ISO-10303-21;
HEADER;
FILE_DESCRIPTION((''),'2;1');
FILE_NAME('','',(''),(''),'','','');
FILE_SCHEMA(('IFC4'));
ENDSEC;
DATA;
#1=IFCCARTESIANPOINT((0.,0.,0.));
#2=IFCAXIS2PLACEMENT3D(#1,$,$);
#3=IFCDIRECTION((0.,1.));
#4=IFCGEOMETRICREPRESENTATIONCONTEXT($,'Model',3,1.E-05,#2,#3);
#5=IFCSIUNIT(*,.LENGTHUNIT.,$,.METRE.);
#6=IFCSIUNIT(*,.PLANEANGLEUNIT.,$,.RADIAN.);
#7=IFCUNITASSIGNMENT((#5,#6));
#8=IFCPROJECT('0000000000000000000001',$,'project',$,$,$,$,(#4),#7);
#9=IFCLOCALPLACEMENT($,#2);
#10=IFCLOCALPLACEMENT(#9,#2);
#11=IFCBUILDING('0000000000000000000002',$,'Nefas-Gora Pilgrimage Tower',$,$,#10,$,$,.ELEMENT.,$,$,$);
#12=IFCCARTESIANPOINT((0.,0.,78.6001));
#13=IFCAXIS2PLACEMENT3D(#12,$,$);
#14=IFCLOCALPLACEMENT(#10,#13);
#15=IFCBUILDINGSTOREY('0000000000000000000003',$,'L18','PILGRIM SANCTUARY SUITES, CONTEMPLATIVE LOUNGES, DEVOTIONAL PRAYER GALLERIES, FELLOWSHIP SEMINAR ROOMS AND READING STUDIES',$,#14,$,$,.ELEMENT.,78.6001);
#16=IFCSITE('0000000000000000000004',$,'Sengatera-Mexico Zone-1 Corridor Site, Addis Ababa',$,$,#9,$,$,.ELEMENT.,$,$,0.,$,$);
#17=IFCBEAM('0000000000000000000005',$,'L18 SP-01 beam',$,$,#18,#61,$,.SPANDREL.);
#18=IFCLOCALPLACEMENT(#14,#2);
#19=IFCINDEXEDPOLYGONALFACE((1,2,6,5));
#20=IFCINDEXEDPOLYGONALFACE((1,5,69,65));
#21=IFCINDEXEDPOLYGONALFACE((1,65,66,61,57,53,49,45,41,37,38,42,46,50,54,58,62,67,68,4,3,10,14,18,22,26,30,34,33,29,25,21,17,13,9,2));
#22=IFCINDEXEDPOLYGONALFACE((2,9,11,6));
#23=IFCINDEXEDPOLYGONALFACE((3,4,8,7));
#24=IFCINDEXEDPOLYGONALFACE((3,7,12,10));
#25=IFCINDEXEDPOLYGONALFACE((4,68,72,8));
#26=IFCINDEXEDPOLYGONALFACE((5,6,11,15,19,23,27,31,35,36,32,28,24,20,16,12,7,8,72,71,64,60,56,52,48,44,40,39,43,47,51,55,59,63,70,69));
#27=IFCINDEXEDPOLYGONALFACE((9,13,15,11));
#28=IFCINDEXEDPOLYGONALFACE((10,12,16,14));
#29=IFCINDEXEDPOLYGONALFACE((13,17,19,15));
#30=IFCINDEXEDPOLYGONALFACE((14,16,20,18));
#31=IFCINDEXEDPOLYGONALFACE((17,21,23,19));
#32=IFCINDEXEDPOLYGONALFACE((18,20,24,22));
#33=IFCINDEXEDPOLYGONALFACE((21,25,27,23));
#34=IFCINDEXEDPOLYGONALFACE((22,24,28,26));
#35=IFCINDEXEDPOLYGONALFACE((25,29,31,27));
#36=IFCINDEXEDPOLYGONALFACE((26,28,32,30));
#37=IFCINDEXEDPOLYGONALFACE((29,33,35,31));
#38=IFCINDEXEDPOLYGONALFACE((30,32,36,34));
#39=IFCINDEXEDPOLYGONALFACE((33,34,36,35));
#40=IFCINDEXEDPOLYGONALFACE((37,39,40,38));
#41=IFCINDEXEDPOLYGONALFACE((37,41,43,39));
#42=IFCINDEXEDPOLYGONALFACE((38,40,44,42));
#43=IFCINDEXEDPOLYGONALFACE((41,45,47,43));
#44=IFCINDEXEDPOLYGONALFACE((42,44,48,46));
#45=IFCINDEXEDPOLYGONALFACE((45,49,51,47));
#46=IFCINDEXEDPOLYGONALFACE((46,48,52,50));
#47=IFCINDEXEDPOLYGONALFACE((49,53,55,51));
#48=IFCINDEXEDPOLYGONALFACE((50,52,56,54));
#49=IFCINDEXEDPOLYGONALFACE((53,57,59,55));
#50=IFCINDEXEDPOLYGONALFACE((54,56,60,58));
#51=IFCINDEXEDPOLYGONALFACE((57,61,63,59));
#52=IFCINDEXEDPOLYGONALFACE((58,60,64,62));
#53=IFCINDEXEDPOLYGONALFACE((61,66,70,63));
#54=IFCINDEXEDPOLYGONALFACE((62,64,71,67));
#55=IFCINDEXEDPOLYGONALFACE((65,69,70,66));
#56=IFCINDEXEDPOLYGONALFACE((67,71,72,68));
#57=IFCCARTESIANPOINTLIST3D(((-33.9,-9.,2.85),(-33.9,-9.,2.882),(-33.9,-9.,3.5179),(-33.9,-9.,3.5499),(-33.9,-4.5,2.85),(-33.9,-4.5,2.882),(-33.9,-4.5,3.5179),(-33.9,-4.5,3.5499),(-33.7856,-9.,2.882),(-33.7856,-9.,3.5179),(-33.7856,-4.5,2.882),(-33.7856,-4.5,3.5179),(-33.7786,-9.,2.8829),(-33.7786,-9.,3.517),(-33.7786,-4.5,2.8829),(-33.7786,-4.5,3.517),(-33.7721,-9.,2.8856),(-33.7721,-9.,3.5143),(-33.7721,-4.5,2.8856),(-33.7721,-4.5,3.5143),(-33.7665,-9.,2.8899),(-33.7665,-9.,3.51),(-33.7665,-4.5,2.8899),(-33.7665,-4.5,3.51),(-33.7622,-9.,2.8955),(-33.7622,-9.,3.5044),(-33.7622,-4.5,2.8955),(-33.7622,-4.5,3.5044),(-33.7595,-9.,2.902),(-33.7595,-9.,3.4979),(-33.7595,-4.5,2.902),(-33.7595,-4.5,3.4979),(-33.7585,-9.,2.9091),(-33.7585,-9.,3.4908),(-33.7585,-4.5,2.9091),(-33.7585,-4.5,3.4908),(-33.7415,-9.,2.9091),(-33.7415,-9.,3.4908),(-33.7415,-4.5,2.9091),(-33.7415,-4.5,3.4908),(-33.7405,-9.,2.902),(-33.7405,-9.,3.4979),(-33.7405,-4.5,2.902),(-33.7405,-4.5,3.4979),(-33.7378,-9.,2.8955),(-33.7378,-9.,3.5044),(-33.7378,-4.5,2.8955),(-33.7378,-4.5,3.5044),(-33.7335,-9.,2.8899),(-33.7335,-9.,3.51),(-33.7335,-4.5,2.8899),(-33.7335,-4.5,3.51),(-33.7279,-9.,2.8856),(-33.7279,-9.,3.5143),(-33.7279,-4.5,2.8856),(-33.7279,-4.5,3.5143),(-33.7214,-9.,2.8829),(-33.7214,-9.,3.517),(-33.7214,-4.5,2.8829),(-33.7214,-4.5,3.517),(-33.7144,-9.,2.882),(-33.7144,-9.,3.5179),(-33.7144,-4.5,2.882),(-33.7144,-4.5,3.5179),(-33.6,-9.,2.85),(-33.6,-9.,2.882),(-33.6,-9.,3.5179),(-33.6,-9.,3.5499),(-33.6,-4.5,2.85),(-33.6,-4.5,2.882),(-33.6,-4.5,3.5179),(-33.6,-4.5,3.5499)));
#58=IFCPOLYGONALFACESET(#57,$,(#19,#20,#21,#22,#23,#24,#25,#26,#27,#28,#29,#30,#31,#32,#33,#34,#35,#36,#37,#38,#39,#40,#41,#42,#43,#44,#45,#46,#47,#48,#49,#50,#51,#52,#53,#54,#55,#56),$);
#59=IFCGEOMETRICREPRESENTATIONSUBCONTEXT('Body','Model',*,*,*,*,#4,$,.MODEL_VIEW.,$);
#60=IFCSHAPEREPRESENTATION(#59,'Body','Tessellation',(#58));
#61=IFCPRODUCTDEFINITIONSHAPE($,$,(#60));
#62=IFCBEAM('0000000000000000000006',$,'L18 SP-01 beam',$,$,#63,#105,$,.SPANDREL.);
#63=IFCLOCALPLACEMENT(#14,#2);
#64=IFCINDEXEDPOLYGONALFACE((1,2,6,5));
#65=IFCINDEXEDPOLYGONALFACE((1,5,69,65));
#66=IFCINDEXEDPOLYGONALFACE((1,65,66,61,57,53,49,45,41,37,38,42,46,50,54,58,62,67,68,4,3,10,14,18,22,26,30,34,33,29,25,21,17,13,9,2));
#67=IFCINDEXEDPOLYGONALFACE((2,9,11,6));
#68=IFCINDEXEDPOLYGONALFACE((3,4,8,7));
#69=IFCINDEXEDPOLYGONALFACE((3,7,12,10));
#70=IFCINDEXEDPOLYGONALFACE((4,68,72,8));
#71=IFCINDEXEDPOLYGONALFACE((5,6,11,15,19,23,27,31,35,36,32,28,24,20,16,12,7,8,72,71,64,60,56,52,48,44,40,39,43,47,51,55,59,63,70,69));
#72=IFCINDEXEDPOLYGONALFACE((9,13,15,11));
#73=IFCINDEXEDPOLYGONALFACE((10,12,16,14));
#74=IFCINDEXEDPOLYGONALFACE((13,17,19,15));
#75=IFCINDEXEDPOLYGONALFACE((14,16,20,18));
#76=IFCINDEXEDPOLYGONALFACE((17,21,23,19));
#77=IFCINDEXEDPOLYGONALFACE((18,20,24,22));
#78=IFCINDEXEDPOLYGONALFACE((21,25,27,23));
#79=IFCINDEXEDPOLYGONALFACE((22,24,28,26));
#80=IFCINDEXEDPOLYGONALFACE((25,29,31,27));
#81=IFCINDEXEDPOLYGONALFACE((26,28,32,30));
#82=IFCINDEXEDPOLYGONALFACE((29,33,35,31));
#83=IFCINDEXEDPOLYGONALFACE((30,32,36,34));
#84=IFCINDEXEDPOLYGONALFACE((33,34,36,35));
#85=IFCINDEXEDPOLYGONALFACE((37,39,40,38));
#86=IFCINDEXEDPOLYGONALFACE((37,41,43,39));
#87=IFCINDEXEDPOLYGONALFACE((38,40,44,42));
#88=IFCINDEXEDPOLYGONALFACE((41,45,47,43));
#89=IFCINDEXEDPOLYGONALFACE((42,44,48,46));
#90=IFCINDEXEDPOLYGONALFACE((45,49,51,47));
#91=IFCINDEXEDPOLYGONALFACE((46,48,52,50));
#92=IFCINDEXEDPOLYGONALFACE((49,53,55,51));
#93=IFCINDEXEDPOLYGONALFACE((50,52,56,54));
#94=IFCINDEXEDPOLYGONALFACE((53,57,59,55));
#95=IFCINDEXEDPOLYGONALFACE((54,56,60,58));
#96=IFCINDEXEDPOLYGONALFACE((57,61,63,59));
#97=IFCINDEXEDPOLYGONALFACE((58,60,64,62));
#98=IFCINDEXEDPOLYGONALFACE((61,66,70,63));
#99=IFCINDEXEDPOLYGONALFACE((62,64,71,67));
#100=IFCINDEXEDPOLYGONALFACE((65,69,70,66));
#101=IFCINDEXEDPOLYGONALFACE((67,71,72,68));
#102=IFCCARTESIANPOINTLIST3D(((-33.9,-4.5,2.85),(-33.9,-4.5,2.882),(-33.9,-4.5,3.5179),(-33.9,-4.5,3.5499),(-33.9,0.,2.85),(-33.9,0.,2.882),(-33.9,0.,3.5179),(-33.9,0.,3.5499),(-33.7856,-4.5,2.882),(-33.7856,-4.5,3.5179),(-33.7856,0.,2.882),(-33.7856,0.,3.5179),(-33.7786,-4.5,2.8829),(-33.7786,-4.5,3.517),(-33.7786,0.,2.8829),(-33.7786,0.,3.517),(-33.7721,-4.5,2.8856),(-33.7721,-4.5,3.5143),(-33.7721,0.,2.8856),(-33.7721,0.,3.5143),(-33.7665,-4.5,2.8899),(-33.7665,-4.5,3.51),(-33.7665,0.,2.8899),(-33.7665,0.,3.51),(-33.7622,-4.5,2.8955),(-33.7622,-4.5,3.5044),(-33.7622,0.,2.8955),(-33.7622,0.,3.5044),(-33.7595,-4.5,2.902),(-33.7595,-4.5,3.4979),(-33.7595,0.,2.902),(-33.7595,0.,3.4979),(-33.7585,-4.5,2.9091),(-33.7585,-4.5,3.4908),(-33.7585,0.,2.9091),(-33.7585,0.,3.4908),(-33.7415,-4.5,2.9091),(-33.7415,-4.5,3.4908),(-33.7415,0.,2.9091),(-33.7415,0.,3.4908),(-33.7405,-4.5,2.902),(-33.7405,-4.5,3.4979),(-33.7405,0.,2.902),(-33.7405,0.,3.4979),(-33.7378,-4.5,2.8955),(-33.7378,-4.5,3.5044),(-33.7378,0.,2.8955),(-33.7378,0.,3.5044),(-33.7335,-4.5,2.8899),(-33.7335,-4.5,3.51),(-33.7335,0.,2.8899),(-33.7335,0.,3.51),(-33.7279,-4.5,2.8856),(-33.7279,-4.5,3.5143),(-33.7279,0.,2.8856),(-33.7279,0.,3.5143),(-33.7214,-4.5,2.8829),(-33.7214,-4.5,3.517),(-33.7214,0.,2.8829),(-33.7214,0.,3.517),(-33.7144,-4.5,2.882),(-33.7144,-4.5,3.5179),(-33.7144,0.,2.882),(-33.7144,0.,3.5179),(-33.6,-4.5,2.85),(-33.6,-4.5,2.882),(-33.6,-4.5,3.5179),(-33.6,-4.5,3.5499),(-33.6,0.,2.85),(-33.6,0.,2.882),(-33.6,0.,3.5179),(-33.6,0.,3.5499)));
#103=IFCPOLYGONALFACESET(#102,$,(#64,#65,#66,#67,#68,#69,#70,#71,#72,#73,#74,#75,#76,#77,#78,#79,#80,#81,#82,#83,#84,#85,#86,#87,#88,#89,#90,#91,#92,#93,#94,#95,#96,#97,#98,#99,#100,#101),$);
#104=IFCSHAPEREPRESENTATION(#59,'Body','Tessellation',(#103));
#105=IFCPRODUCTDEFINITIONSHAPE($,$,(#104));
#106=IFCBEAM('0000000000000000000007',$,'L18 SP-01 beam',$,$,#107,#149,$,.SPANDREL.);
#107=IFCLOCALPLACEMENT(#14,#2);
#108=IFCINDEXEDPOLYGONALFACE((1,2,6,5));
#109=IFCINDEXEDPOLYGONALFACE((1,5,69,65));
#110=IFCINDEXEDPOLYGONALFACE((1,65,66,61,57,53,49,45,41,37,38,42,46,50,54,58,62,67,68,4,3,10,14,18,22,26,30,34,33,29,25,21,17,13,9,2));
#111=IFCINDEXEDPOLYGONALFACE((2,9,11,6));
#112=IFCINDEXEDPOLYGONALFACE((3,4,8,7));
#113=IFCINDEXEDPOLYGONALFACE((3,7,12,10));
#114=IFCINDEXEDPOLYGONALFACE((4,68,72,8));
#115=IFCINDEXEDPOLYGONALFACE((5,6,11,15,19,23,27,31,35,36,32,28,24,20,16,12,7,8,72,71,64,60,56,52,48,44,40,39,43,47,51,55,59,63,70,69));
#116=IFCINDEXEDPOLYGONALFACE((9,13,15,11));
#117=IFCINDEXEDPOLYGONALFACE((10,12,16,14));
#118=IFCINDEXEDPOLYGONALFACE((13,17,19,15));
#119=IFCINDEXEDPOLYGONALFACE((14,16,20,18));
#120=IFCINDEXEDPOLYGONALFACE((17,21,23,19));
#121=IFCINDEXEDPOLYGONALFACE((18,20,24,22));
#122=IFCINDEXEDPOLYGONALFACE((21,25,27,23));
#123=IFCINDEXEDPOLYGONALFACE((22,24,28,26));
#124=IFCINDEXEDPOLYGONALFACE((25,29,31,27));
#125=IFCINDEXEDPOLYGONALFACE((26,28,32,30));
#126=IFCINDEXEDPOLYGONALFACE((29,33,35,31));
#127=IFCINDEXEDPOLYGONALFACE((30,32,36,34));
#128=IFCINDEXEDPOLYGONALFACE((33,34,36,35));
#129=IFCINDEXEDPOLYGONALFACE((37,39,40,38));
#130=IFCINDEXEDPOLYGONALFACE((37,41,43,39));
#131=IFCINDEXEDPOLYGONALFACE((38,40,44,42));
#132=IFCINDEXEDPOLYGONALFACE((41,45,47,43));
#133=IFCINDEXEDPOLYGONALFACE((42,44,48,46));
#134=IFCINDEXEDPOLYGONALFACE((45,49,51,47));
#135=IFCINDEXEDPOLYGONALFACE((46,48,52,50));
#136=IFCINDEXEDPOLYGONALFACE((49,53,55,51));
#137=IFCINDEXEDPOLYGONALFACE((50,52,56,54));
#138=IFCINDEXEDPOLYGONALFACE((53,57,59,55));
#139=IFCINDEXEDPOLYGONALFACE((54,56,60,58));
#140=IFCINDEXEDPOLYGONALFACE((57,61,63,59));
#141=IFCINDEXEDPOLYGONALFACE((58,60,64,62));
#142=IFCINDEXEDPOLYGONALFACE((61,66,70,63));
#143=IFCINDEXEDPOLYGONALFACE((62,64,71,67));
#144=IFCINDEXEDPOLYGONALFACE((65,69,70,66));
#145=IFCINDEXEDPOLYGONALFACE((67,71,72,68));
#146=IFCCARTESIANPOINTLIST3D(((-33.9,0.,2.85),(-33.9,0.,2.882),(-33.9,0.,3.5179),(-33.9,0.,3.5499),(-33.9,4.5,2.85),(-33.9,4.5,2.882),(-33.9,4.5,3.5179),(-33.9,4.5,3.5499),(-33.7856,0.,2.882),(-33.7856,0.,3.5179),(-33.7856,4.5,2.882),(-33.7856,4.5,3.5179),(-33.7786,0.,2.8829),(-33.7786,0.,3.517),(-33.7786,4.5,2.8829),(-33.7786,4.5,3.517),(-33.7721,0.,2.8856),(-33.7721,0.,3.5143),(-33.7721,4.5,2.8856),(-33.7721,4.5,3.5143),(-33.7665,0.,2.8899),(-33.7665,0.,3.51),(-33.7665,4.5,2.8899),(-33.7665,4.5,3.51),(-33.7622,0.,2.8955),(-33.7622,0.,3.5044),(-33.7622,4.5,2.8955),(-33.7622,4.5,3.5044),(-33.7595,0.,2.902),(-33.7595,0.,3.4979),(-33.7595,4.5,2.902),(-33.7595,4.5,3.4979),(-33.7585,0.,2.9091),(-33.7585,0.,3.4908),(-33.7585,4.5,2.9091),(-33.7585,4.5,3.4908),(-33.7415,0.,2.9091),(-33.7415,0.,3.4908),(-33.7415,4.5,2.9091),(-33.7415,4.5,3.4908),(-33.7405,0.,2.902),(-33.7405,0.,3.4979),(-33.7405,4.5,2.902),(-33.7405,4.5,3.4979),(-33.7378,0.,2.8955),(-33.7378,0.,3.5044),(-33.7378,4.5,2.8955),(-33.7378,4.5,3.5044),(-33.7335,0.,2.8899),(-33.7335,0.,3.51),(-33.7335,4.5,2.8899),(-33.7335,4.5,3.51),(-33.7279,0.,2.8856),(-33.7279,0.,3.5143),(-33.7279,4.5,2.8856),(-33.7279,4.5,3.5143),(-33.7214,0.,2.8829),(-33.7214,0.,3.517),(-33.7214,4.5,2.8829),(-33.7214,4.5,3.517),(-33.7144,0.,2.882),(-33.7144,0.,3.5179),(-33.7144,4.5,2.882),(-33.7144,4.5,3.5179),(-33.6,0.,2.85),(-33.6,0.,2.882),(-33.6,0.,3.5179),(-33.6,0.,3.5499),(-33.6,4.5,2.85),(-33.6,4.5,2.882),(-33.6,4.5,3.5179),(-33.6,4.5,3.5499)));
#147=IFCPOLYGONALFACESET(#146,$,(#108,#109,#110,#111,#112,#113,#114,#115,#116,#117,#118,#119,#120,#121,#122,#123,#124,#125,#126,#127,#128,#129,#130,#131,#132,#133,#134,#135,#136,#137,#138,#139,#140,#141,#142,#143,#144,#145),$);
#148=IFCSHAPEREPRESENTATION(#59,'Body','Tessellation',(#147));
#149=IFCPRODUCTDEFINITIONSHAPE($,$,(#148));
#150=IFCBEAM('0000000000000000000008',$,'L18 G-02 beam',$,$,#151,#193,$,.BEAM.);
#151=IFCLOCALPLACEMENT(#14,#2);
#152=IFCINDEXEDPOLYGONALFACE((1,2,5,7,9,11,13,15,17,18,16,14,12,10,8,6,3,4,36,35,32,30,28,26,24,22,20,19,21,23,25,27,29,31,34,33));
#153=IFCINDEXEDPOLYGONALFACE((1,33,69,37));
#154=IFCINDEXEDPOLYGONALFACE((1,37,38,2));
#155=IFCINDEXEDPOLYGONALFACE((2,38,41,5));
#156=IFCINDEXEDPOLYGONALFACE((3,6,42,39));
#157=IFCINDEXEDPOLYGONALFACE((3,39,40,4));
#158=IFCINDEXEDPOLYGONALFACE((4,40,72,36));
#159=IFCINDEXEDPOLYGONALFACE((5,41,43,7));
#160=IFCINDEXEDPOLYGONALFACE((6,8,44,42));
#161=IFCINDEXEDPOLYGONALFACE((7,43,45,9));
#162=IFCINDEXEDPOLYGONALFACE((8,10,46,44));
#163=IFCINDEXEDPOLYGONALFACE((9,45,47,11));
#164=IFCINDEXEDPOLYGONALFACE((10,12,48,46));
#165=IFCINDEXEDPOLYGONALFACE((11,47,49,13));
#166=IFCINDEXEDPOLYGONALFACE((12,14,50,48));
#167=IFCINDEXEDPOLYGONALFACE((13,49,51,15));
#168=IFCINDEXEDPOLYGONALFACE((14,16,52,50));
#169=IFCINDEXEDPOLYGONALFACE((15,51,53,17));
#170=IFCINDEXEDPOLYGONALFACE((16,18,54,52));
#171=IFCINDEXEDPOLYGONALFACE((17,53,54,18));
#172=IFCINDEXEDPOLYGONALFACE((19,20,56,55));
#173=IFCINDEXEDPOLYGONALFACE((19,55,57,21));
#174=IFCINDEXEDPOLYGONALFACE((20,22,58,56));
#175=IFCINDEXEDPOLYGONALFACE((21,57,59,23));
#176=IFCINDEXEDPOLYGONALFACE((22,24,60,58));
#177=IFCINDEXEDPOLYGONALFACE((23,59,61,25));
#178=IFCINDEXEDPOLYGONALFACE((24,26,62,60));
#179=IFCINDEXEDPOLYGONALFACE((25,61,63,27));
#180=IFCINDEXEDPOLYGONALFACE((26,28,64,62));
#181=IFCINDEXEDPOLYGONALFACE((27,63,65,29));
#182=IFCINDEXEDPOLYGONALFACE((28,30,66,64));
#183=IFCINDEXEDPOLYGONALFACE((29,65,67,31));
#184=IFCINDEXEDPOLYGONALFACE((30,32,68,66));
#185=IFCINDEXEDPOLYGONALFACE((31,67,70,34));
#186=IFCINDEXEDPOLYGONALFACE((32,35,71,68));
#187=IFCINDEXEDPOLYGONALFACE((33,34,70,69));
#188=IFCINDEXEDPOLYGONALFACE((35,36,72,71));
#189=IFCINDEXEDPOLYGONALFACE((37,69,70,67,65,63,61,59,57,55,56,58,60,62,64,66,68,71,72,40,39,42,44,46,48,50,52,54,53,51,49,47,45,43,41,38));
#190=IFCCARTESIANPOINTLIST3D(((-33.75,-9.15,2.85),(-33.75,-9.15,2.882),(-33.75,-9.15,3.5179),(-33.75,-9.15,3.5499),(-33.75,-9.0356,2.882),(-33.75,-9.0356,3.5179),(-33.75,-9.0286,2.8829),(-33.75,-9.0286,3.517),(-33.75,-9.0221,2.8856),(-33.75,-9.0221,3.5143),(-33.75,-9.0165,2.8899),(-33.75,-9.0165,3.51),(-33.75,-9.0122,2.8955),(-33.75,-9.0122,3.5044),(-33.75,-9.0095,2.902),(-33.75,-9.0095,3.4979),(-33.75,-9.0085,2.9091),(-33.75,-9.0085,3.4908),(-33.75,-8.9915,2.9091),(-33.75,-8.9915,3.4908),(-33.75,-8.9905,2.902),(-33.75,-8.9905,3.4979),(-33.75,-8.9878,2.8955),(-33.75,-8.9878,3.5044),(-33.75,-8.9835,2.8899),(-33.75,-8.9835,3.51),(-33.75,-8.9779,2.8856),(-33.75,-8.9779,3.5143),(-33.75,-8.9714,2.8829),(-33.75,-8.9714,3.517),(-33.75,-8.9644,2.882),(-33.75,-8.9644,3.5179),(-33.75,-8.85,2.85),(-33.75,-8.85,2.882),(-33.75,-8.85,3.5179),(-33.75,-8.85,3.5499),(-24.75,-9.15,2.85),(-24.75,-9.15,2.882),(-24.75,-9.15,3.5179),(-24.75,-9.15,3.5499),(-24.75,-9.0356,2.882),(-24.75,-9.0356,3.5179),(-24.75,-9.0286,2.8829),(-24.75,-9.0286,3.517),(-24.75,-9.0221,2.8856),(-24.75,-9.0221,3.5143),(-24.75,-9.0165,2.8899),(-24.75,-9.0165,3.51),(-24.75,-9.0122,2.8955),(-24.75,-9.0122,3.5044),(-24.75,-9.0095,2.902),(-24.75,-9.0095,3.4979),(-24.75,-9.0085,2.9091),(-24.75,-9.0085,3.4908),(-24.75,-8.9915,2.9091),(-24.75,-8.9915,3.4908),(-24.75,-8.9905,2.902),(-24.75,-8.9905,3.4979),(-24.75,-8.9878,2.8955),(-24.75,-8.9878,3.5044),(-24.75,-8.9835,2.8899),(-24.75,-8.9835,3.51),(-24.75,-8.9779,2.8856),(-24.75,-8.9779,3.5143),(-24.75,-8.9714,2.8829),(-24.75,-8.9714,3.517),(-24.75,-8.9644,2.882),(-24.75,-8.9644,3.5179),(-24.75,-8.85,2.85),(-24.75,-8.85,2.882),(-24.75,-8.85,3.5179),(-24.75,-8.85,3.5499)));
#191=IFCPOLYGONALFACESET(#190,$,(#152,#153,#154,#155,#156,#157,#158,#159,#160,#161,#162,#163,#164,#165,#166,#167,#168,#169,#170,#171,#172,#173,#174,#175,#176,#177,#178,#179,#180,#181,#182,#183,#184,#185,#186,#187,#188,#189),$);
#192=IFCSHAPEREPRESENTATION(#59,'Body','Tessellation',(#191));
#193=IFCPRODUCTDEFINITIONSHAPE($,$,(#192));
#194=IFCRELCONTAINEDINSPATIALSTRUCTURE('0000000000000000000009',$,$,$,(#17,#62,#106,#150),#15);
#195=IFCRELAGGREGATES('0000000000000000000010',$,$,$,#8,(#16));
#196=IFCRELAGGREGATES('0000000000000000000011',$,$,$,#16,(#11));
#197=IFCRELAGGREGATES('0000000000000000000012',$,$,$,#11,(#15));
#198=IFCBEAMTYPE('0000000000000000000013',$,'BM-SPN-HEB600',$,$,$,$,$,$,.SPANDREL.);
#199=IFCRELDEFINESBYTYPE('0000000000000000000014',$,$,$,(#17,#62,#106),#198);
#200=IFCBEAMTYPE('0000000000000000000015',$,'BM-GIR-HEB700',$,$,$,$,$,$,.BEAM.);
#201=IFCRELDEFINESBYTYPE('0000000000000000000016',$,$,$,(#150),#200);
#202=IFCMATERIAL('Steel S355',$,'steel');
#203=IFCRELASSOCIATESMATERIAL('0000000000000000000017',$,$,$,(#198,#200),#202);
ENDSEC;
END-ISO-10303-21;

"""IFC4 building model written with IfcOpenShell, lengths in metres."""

from ifc_helpers import new_model, si_unit, direction, frame, origin, origin_2d, place, context, subcontext, project, spatial, i_section, extrude, source, transform, mapped, material, material_profile, profile_set, type_object, element, save


model = new_model("IFC4")

# Units and contexts
model_context = context("Model", 3, precision=1e-05, world=origin(), true_north=direction((0.0, 1.0)))
body_context = subcontext(model_context, "Body", "Model", "MODEL_VIEW")
ifc_project = project(units=[si_unit("LENGTHUNIT", "METRE"), si_unit("PLANEANGLEUNIT", "RADIAN")], contexts=[model_context])

# Site, building, storey
site_placement = place(None, origin())
site = spatial("IfcSite", under=ifc_project, at=site_placement, Name="Sengatera-Mexico Zone-1 Corridor Site, Addis Ababa", CompositionType="ELEMENT", RefElevation=0.0)
building_placement = place(site_placement, origin())
building = spatial("IfcBuilding", under=site, at=building_placement, Name="Nefas-Gora Pilgrimage Tower", CompositionType="ELEMENT")
storey_placement = place(building_placement, frame((0.0, 0.0, 78.6001)))
storey = spatial("IfcBuildingStorey", under=building, at=storey_placement, Name="L18", Description="PILGRIM SANCTUARY SUITES, CONTEMPLATIVE LOUNGES, DEVOTIONAL PRAYER GALLERIES, FELLOWSHIP SEMINAR ROOMS AND READING STUDIES", CompositionType="ELEMENT", Elevation=78.6001)

# Beams
ifc_material_1 = material(Name="Steel S355", Category="steel")
ifc_material_profile_1 = material_profile(ifc_material_1, i_section(OverallWidth=0.3, OverallDepth=0.7, WebThickness=0.0171, FlangeThickness=0.032, FilletRadius=0.0271, at=origin_2d()), Name="HEB 700")
ifc_profile_set_1 = profile_set([ifc_material_profile_1], Name="Steel S355")
beam_type_1 = type_object("IfcBeamType", Name="BM-SPN-HEB600", PredefinedType="SPANDREL", material=ifc_profile_set_1)
shared_shape_1 = source(origin(), body_context, "Body", "SweptSolid", [
    extrude(i_section(OverallWidth=0.3, OverallDepth=0.7, WebThickness=0.0171, FlangeThickness=0.032, FilletRadius=0.0271, at=origin_2d()), origin(), (0.0, 0.0, 1.0), 4.5),
])
for number, where, z_axis, x_axis, name in (
    (1, (-33.75, -9.0, 3.2), (0.0, 1.0, 0.0), (-1.0, 0.0, 0.0), "L18 SP-01 beam"),
    (2, (-33.75, -4.5, 3.2), (0.0, 1.0, 0.0), (-1.0, 0.0, 0.0), "L18 SP-01 beam"),
    (3, (-33.75, 0.0, 3.2), (0.0, 1.0, 0.0), (-1.0, 0.0, 0.0), "L18 SP-01 beam"),
):
    element("IfcBeam", number, at=place(storey_placement, frame(where, z_axis=z_axis, x_axis=x_axis)), inside=storey, type_object=beam_type_1, Name=name, PredefinedType="SPANDREL", context=body_context, shape_type="MappedRepresentation", body=[
        mapped(shared_shape_1, transform((0.0, 0.0, 0.0), x_axis=(1.0, 0.0, 0.0), y_axis=(0.0, 1.0, 0.0), z_axis=(0.0, 0.0, 1.0), scale=1.0)),
    ])
ifc_material_profile_2 = material_profile(ifc_material_1, i_section(OverallWidth=0.3, OverallDepth=0.7, WebThickness=0.0171, FlangeThickness=0.032, FilletRadius=0.0271, at=origin_2d()), Name="HEB 700")
ifc_profile_set_2 = profile_set([ifc_material_profile_2], Name="Steel S355")
beam_type_2 = type_object("IfcBeamType", Name="BM-GIR-HEB700", PredefinedType="BEAM", material=ifc_profile_set_2)
shared_shape_2 = source(origin(), body_context, "Body", "SweptSolid", [
    extrude(i_section(OverallWidth=0.3, OverallDepth=0.7, WebThickness=0.0171, FlangeThickness=0.032, FilletRadius=0.0271, at=origin_2d()), origin(), (0.0, 0.0, 1.0), 9.0),
])
for number, where, z_axis, x_axis, name in (
    (4, (-33.75, -9.0, 3.2), (1.0, 0.0, 0.0), (0.0, 1.0, 0.0), "L18 G-02 beam"),
):
    element("IfcBeam", number, at=place(storey_placement, frame(where, z_axis=z_axis, x_axis=x_axis)), inside=storey, type_object=beam_type_2, Name=name, PredefinedType="BEAM", context=body_context, shape_type="MappedRepresentation", body=[
        mapped(shared_shape_2, transform((0.0, 0.0, 0.0), x_axis=(1.0, 0.0, 0.0), y_axis=(0.0, 1.0, 0.0), z_axis=(0.0, 0.0, 1.0), scale=1.0)),
    ])

save(model, "model.ifc")
